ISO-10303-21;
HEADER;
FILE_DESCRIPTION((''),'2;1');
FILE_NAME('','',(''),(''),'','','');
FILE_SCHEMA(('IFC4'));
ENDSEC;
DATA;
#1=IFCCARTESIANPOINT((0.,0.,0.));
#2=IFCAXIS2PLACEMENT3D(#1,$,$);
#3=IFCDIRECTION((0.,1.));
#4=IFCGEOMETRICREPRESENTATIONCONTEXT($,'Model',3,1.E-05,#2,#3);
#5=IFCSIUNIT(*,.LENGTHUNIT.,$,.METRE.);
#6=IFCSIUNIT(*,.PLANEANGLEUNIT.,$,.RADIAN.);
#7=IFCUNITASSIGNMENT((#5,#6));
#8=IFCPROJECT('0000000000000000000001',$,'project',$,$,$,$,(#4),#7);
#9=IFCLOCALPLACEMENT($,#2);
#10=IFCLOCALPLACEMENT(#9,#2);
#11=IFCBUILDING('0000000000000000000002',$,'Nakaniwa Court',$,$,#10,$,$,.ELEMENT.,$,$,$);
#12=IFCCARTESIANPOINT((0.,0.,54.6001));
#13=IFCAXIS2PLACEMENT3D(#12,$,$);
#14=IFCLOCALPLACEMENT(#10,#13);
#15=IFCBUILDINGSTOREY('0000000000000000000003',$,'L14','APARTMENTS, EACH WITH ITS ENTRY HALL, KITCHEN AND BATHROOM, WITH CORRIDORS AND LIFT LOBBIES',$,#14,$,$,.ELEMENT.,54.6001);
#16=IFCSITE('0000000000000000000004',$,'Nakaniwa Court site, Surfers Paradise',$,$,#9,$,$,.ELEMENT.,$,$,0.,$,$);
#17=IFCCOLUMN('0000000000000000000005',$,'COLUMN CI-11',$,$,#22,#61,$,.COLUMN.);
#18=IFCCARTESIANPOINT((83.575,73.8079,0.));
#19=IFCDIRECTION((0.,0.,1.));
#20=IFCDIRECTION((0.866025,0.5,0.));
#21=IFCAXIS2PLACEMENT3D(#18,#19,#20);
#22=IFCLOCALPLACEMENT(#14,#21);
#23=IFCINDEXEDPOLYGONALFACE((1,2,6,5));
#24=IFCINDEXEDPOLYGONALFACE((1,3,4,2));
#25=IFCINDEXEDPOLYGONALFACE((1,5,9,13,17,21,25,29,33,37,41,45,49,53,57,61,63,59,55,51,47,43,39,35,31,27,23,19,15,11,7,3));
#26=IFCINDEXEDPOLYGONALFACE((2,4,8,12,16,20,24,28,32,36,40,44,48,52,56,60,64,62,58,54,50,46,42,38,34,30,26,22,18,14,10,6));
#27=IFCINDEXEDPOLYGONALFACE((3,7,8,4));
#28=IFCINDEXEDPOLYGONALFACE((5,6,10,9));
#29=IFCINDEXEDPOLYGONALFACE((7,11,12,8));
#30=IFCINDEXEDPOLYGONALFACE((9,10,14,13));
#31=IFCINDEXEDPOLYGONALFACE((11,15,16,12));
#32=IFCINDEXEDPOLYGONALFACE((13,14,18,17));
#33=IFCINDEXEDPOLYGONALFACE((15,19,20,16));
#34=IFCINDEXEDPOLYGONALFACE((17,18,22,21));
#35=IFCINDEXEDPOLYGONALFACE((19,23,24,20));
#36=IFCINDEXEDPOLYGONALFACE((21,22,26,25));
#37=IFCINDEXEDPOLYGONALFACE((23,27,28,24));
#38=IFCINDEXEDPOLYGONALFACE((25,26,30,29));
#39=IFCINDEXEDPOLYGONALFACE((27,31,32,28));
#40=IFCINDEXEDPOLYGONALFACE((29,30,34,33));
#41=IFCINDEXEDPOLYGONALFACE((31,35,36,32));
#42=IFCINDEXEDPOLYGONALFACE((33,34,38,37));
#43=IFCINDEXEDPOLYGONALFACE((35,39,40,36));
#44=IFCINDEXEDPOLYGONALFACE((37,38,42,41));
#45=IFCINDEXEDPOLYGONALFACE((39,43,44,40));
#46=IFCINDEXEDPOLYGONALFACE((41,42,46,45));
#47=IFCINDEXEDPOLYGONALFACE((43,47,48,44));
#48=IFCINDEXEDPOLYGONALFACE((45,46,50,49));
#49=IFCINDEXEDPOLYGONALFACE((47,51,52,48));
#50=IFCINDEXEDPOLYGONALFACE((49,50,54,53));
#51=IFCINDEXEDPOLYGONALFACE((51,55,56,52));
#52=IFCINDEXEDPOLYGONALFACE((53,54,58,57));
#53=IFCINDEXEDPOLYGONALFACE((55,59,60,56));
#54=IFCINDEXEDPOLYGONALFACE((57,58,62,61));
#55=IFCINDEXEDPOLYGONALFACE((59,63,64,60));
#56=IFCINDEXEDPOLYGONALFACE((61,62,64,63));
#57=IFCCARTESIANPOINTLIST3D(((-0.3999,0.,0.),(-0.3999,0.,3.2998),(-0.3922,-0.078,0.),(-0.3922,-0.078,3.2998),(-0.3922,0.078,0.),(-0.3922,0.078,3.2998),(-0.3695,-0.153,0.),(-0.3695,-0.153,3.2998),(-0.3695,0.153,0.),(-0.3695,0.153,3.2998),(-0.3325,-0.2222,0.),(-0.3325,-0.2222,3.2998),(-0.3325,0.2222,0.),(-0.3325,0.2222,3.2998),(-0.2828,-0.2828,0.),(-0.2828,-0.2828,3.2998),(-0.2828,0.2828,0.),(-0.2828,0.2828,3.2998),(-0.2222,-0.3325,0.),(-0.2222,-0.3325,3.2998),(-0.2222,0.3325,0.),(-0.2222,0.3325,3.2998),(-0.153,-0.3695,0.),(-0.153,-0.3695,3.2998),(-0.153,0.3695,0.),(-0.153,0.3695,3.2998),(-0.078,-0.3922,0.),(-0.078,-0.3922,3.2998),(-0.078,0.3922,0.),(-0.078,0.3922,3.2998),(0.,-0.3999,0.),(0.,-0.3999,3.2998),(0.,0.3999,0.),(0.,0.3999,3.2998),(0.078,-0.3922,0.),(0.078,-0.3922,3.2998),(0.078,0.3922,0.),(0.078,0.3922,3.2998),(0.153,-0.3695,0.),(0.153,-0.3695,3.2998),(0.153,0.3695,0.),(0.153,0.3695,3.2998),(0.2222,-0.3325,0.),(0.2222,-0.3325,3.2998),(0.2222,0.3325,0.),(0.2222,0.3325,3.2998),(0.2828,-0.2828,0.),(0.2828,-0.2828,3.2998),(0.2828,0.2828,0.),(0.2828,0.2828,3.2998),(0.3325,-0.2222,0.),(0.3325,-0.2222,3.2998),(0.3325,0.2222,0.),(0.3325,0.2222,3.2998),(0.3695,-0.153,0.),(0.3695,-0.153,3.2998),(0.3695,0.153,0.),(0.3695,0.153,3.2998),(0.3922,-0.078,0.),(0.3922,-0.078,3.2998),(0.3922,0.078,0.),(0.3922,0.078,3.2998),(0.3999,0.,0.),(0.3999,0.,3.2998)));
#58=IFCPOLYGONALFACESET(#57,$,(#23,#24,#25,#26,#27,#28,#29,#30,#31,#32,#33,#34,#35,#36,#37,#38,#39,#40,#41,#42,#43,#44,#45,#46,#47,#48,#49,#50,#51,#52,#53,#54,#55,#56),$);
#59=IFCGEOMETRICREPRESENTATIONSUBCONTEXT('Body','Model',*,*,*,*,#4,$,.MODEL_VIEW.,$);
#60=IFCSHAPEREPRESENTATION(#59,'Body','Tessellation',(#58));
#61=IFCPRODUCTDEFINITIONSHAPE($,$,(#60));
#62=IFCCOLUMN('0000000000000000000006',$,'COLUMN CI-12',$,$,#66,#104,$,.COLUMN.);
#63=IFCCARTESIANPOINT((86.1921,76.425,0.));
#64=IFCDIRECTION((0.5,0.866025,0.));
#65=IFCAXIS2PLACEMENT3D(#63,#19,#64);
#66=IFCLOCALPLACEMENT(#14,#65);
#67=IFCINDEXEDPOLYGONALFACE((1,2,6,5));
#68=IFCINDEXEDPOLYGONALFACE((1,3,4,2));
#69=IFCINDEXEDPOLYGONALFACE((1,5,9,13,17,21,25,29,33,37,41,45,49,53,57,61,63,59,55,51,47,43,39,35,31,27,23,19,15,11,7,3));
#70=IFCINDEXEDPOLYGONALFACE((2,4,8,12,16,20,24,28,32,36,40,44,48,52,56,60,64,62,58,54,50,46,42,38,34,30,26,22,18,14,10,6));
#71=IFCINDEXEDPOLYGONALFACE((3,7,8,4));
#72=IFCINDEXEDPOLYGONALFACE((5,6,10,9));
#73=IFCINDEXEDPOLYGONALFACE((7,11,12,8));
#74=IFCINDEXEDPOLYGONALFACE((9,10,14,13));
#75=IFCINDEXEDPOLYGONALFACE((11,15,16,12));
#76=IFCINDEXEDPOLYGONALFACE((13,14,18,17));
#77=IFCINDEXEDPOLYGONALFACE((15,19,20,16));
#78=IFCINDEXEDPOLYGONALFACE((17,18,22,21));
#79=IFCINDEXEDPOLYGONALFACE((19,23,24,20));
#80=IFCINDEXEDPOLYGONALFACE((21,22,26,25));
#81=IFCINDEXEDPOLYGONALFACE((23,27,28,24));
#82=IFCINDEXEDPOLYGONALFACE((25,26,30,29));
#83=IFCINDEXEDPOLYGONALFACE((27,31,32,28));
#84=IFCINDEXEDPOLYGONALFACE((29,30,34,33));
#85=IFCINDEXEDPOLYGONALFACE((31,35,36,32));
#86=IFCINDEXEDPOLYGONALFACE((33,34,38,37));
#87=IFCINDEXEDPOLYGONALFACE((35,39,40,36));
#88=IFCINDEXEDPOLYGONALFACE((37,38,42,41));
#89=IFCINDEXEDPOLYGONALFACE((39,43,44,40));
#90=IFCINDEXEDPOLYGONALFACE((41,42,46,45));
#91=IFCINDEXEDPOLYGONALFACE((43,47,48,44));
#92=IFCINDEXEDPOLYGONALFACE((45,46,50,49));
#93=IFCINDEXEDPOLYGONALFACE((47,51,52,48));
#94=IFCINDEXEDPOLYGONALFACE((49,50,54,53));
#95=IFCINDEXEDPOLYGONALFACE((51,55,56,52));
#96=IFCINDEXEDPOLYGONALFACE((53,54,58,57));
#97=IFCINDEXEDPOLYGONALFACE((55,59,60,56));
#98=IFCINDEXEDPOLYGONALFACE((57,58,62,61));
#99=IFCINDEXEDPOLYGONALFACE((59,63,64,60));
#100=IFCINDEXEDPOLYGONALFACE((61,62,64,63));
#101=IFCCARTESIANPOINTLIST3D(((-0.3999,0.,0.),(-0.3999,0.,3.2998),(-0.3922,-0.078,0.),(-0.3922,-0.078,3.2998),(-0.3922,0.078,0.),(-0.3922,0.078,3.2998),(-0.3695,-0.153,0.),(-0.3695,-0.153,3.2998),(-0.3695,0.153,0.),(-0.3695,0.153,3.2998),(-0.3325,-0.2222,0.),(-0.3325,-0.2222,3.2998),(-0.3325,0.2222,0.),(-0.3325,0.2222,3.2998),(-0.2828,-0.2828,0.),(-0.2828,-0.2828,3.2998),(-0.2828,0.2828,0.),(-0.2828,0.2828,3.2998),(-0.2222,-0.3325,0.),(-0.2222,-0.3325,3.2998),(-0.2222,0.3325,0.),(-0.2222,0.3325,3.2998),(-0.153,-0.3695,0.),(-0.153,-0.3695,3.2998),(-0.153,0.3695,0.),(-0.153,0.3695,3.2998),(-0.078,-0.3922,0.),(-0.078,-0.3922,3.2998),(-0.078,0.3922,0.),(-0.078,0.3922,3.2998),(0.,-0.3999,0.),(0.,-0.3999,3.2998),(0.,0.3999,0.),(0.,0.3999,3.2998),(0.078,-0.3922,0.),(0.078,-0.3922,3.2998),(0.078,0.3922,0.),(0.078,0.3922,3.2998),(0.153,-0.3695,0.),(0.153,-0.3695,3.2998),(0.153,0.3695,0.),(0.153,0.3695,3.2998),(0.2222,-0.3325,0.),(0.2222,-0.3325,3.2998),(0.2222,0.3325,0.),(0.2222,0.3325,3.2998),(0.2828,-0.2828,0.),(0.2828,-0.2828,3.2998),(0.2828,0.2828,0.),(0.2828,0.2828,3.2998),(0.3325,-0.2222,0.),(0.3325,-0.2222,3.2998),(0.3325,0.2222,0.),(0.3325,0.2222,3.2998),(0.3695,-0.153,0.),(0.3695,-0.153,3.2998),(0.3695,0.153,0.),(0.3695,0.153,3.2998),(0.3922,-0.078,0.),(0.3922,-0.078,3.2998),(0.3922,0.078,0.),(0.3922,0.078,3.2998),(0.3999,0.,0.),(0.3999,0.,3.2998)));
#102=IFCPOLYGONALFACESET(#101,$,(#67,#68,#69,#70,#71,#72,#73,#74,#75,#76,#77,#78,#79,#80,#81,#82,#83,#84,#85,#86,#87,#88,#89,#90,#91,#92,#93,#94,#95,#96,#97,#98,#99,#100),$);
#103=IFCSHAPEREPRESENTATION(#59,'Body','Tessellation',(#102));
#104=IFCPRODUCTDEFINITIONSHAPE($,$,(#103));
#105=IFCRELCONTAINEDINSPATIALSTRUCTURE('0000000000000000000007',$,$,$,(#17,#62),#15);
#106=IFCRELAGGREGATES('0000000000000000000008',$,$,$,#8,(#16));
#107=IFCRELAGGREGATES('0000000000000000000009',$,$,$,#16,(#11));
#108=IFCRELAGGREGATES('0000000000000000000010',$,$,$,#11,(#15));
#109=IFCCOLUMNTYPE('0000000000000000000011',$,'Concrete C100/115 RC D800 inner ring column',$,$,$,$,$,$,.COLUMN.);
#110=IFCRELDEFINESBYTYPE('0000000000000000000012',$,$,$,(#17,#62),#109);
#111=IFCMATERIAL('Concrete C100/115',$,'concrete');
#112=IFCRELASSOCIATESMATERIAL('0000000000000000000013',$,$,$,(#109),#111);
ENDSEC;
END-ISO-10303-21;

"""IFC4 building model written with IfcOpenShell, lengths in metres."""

from ifc_helpers import new_model, si_unit, direction, frame, origin, origin_2d, place, context, subcontext, project, spatial, circle, extrude, material, material_profile, profile_set, type_object, element, save


model = new_model("IFC4")

# Units and contexts
model_context = context("Model", 3, precision=1e-05, world=origin(), true_north=direction((0.0, 1.0)))
body_context = subcontext(model_context, "Body", "Model", "MODEL_VIEW")
ifc_project = project(units=[si_unit("LENGTHUNIT", "METRE"), si_unit("PLANEANGLEUNIT", "RADIAN")], contexts=[model_context])

# Site, building, storey
site_placement = place(None, origin())
site = spatial("IfcSite", under=ifc_project, at=site_placement, Name="Nakaniwa Court site, Surfers Paradise", CompositionType="ELEMENT", RefElevation=0.0)
building_placement = place(site_placement, origin())
building = spatial("IfcBuilding", under=site, at=building_placement, Name="Nakaniwa Court", CompositionType="ELEMENT")
storey_placement = place(building_placement, frame((0.0, 0.0, 54.6001)))
storey = spatial("IfcBuildingStorey", under=building, at=storey_placement, Name="L14", Description="APARTMENTS, EACH WITH ITS ENTRY HALL, KITCHEN AND BATHROOM, WITH CORRIDORS AND LIFT LOBBIES", CompositionType="ELEMENT", Elevation=54.6001)

# Columns
ifc_material_1 = material(Name="Concrete C100/115", Category="concrete")
ifc_material_profile_1 = material_profile(ifc_material_1, circle(Radius=0.3999, at=origin_2d()), Name="Concrete C100/115 RC D800 inner ring column")
ifc_profile_set_1 = profile_set([ifc_material_profile_1], Name="Concrete C100/115")
column_type = type_object("IfcColumnType", Name="Concrete C100/115 RC D800 inner ring column", PredefinedType="COLUMN", material=ifc_profile_set_1)
for number, where, z_axis, x_axis, name in (
    (1, (83.575, 73.8079, 0.0), (0.0, 0.0, 1.0), (0.866025, 0.5, 0.0), "COLUMN CI-11"),
    (2, (86.1921, 76.425, 0.0), (0.0, 0.0, 1.0), (0.5, 0.866025, 0.0), "COLUMN CI-12"),
):
    element("IfcColumn", number, at=place(storey_placement, frame(where, z_axis=z_axis, x_axis=x_axis)), inside=storey, type_object=column_type, Name=name, PredefinedType="COLUMN", context=body_context, shape_type="SweptSolid", body=[
        extrude(circle(Radius=0.3999, at=origin_2d()), origin(), (0.0, 0.0, 1.0), 3.2998),
    ])

save(model, "model.ifc")
